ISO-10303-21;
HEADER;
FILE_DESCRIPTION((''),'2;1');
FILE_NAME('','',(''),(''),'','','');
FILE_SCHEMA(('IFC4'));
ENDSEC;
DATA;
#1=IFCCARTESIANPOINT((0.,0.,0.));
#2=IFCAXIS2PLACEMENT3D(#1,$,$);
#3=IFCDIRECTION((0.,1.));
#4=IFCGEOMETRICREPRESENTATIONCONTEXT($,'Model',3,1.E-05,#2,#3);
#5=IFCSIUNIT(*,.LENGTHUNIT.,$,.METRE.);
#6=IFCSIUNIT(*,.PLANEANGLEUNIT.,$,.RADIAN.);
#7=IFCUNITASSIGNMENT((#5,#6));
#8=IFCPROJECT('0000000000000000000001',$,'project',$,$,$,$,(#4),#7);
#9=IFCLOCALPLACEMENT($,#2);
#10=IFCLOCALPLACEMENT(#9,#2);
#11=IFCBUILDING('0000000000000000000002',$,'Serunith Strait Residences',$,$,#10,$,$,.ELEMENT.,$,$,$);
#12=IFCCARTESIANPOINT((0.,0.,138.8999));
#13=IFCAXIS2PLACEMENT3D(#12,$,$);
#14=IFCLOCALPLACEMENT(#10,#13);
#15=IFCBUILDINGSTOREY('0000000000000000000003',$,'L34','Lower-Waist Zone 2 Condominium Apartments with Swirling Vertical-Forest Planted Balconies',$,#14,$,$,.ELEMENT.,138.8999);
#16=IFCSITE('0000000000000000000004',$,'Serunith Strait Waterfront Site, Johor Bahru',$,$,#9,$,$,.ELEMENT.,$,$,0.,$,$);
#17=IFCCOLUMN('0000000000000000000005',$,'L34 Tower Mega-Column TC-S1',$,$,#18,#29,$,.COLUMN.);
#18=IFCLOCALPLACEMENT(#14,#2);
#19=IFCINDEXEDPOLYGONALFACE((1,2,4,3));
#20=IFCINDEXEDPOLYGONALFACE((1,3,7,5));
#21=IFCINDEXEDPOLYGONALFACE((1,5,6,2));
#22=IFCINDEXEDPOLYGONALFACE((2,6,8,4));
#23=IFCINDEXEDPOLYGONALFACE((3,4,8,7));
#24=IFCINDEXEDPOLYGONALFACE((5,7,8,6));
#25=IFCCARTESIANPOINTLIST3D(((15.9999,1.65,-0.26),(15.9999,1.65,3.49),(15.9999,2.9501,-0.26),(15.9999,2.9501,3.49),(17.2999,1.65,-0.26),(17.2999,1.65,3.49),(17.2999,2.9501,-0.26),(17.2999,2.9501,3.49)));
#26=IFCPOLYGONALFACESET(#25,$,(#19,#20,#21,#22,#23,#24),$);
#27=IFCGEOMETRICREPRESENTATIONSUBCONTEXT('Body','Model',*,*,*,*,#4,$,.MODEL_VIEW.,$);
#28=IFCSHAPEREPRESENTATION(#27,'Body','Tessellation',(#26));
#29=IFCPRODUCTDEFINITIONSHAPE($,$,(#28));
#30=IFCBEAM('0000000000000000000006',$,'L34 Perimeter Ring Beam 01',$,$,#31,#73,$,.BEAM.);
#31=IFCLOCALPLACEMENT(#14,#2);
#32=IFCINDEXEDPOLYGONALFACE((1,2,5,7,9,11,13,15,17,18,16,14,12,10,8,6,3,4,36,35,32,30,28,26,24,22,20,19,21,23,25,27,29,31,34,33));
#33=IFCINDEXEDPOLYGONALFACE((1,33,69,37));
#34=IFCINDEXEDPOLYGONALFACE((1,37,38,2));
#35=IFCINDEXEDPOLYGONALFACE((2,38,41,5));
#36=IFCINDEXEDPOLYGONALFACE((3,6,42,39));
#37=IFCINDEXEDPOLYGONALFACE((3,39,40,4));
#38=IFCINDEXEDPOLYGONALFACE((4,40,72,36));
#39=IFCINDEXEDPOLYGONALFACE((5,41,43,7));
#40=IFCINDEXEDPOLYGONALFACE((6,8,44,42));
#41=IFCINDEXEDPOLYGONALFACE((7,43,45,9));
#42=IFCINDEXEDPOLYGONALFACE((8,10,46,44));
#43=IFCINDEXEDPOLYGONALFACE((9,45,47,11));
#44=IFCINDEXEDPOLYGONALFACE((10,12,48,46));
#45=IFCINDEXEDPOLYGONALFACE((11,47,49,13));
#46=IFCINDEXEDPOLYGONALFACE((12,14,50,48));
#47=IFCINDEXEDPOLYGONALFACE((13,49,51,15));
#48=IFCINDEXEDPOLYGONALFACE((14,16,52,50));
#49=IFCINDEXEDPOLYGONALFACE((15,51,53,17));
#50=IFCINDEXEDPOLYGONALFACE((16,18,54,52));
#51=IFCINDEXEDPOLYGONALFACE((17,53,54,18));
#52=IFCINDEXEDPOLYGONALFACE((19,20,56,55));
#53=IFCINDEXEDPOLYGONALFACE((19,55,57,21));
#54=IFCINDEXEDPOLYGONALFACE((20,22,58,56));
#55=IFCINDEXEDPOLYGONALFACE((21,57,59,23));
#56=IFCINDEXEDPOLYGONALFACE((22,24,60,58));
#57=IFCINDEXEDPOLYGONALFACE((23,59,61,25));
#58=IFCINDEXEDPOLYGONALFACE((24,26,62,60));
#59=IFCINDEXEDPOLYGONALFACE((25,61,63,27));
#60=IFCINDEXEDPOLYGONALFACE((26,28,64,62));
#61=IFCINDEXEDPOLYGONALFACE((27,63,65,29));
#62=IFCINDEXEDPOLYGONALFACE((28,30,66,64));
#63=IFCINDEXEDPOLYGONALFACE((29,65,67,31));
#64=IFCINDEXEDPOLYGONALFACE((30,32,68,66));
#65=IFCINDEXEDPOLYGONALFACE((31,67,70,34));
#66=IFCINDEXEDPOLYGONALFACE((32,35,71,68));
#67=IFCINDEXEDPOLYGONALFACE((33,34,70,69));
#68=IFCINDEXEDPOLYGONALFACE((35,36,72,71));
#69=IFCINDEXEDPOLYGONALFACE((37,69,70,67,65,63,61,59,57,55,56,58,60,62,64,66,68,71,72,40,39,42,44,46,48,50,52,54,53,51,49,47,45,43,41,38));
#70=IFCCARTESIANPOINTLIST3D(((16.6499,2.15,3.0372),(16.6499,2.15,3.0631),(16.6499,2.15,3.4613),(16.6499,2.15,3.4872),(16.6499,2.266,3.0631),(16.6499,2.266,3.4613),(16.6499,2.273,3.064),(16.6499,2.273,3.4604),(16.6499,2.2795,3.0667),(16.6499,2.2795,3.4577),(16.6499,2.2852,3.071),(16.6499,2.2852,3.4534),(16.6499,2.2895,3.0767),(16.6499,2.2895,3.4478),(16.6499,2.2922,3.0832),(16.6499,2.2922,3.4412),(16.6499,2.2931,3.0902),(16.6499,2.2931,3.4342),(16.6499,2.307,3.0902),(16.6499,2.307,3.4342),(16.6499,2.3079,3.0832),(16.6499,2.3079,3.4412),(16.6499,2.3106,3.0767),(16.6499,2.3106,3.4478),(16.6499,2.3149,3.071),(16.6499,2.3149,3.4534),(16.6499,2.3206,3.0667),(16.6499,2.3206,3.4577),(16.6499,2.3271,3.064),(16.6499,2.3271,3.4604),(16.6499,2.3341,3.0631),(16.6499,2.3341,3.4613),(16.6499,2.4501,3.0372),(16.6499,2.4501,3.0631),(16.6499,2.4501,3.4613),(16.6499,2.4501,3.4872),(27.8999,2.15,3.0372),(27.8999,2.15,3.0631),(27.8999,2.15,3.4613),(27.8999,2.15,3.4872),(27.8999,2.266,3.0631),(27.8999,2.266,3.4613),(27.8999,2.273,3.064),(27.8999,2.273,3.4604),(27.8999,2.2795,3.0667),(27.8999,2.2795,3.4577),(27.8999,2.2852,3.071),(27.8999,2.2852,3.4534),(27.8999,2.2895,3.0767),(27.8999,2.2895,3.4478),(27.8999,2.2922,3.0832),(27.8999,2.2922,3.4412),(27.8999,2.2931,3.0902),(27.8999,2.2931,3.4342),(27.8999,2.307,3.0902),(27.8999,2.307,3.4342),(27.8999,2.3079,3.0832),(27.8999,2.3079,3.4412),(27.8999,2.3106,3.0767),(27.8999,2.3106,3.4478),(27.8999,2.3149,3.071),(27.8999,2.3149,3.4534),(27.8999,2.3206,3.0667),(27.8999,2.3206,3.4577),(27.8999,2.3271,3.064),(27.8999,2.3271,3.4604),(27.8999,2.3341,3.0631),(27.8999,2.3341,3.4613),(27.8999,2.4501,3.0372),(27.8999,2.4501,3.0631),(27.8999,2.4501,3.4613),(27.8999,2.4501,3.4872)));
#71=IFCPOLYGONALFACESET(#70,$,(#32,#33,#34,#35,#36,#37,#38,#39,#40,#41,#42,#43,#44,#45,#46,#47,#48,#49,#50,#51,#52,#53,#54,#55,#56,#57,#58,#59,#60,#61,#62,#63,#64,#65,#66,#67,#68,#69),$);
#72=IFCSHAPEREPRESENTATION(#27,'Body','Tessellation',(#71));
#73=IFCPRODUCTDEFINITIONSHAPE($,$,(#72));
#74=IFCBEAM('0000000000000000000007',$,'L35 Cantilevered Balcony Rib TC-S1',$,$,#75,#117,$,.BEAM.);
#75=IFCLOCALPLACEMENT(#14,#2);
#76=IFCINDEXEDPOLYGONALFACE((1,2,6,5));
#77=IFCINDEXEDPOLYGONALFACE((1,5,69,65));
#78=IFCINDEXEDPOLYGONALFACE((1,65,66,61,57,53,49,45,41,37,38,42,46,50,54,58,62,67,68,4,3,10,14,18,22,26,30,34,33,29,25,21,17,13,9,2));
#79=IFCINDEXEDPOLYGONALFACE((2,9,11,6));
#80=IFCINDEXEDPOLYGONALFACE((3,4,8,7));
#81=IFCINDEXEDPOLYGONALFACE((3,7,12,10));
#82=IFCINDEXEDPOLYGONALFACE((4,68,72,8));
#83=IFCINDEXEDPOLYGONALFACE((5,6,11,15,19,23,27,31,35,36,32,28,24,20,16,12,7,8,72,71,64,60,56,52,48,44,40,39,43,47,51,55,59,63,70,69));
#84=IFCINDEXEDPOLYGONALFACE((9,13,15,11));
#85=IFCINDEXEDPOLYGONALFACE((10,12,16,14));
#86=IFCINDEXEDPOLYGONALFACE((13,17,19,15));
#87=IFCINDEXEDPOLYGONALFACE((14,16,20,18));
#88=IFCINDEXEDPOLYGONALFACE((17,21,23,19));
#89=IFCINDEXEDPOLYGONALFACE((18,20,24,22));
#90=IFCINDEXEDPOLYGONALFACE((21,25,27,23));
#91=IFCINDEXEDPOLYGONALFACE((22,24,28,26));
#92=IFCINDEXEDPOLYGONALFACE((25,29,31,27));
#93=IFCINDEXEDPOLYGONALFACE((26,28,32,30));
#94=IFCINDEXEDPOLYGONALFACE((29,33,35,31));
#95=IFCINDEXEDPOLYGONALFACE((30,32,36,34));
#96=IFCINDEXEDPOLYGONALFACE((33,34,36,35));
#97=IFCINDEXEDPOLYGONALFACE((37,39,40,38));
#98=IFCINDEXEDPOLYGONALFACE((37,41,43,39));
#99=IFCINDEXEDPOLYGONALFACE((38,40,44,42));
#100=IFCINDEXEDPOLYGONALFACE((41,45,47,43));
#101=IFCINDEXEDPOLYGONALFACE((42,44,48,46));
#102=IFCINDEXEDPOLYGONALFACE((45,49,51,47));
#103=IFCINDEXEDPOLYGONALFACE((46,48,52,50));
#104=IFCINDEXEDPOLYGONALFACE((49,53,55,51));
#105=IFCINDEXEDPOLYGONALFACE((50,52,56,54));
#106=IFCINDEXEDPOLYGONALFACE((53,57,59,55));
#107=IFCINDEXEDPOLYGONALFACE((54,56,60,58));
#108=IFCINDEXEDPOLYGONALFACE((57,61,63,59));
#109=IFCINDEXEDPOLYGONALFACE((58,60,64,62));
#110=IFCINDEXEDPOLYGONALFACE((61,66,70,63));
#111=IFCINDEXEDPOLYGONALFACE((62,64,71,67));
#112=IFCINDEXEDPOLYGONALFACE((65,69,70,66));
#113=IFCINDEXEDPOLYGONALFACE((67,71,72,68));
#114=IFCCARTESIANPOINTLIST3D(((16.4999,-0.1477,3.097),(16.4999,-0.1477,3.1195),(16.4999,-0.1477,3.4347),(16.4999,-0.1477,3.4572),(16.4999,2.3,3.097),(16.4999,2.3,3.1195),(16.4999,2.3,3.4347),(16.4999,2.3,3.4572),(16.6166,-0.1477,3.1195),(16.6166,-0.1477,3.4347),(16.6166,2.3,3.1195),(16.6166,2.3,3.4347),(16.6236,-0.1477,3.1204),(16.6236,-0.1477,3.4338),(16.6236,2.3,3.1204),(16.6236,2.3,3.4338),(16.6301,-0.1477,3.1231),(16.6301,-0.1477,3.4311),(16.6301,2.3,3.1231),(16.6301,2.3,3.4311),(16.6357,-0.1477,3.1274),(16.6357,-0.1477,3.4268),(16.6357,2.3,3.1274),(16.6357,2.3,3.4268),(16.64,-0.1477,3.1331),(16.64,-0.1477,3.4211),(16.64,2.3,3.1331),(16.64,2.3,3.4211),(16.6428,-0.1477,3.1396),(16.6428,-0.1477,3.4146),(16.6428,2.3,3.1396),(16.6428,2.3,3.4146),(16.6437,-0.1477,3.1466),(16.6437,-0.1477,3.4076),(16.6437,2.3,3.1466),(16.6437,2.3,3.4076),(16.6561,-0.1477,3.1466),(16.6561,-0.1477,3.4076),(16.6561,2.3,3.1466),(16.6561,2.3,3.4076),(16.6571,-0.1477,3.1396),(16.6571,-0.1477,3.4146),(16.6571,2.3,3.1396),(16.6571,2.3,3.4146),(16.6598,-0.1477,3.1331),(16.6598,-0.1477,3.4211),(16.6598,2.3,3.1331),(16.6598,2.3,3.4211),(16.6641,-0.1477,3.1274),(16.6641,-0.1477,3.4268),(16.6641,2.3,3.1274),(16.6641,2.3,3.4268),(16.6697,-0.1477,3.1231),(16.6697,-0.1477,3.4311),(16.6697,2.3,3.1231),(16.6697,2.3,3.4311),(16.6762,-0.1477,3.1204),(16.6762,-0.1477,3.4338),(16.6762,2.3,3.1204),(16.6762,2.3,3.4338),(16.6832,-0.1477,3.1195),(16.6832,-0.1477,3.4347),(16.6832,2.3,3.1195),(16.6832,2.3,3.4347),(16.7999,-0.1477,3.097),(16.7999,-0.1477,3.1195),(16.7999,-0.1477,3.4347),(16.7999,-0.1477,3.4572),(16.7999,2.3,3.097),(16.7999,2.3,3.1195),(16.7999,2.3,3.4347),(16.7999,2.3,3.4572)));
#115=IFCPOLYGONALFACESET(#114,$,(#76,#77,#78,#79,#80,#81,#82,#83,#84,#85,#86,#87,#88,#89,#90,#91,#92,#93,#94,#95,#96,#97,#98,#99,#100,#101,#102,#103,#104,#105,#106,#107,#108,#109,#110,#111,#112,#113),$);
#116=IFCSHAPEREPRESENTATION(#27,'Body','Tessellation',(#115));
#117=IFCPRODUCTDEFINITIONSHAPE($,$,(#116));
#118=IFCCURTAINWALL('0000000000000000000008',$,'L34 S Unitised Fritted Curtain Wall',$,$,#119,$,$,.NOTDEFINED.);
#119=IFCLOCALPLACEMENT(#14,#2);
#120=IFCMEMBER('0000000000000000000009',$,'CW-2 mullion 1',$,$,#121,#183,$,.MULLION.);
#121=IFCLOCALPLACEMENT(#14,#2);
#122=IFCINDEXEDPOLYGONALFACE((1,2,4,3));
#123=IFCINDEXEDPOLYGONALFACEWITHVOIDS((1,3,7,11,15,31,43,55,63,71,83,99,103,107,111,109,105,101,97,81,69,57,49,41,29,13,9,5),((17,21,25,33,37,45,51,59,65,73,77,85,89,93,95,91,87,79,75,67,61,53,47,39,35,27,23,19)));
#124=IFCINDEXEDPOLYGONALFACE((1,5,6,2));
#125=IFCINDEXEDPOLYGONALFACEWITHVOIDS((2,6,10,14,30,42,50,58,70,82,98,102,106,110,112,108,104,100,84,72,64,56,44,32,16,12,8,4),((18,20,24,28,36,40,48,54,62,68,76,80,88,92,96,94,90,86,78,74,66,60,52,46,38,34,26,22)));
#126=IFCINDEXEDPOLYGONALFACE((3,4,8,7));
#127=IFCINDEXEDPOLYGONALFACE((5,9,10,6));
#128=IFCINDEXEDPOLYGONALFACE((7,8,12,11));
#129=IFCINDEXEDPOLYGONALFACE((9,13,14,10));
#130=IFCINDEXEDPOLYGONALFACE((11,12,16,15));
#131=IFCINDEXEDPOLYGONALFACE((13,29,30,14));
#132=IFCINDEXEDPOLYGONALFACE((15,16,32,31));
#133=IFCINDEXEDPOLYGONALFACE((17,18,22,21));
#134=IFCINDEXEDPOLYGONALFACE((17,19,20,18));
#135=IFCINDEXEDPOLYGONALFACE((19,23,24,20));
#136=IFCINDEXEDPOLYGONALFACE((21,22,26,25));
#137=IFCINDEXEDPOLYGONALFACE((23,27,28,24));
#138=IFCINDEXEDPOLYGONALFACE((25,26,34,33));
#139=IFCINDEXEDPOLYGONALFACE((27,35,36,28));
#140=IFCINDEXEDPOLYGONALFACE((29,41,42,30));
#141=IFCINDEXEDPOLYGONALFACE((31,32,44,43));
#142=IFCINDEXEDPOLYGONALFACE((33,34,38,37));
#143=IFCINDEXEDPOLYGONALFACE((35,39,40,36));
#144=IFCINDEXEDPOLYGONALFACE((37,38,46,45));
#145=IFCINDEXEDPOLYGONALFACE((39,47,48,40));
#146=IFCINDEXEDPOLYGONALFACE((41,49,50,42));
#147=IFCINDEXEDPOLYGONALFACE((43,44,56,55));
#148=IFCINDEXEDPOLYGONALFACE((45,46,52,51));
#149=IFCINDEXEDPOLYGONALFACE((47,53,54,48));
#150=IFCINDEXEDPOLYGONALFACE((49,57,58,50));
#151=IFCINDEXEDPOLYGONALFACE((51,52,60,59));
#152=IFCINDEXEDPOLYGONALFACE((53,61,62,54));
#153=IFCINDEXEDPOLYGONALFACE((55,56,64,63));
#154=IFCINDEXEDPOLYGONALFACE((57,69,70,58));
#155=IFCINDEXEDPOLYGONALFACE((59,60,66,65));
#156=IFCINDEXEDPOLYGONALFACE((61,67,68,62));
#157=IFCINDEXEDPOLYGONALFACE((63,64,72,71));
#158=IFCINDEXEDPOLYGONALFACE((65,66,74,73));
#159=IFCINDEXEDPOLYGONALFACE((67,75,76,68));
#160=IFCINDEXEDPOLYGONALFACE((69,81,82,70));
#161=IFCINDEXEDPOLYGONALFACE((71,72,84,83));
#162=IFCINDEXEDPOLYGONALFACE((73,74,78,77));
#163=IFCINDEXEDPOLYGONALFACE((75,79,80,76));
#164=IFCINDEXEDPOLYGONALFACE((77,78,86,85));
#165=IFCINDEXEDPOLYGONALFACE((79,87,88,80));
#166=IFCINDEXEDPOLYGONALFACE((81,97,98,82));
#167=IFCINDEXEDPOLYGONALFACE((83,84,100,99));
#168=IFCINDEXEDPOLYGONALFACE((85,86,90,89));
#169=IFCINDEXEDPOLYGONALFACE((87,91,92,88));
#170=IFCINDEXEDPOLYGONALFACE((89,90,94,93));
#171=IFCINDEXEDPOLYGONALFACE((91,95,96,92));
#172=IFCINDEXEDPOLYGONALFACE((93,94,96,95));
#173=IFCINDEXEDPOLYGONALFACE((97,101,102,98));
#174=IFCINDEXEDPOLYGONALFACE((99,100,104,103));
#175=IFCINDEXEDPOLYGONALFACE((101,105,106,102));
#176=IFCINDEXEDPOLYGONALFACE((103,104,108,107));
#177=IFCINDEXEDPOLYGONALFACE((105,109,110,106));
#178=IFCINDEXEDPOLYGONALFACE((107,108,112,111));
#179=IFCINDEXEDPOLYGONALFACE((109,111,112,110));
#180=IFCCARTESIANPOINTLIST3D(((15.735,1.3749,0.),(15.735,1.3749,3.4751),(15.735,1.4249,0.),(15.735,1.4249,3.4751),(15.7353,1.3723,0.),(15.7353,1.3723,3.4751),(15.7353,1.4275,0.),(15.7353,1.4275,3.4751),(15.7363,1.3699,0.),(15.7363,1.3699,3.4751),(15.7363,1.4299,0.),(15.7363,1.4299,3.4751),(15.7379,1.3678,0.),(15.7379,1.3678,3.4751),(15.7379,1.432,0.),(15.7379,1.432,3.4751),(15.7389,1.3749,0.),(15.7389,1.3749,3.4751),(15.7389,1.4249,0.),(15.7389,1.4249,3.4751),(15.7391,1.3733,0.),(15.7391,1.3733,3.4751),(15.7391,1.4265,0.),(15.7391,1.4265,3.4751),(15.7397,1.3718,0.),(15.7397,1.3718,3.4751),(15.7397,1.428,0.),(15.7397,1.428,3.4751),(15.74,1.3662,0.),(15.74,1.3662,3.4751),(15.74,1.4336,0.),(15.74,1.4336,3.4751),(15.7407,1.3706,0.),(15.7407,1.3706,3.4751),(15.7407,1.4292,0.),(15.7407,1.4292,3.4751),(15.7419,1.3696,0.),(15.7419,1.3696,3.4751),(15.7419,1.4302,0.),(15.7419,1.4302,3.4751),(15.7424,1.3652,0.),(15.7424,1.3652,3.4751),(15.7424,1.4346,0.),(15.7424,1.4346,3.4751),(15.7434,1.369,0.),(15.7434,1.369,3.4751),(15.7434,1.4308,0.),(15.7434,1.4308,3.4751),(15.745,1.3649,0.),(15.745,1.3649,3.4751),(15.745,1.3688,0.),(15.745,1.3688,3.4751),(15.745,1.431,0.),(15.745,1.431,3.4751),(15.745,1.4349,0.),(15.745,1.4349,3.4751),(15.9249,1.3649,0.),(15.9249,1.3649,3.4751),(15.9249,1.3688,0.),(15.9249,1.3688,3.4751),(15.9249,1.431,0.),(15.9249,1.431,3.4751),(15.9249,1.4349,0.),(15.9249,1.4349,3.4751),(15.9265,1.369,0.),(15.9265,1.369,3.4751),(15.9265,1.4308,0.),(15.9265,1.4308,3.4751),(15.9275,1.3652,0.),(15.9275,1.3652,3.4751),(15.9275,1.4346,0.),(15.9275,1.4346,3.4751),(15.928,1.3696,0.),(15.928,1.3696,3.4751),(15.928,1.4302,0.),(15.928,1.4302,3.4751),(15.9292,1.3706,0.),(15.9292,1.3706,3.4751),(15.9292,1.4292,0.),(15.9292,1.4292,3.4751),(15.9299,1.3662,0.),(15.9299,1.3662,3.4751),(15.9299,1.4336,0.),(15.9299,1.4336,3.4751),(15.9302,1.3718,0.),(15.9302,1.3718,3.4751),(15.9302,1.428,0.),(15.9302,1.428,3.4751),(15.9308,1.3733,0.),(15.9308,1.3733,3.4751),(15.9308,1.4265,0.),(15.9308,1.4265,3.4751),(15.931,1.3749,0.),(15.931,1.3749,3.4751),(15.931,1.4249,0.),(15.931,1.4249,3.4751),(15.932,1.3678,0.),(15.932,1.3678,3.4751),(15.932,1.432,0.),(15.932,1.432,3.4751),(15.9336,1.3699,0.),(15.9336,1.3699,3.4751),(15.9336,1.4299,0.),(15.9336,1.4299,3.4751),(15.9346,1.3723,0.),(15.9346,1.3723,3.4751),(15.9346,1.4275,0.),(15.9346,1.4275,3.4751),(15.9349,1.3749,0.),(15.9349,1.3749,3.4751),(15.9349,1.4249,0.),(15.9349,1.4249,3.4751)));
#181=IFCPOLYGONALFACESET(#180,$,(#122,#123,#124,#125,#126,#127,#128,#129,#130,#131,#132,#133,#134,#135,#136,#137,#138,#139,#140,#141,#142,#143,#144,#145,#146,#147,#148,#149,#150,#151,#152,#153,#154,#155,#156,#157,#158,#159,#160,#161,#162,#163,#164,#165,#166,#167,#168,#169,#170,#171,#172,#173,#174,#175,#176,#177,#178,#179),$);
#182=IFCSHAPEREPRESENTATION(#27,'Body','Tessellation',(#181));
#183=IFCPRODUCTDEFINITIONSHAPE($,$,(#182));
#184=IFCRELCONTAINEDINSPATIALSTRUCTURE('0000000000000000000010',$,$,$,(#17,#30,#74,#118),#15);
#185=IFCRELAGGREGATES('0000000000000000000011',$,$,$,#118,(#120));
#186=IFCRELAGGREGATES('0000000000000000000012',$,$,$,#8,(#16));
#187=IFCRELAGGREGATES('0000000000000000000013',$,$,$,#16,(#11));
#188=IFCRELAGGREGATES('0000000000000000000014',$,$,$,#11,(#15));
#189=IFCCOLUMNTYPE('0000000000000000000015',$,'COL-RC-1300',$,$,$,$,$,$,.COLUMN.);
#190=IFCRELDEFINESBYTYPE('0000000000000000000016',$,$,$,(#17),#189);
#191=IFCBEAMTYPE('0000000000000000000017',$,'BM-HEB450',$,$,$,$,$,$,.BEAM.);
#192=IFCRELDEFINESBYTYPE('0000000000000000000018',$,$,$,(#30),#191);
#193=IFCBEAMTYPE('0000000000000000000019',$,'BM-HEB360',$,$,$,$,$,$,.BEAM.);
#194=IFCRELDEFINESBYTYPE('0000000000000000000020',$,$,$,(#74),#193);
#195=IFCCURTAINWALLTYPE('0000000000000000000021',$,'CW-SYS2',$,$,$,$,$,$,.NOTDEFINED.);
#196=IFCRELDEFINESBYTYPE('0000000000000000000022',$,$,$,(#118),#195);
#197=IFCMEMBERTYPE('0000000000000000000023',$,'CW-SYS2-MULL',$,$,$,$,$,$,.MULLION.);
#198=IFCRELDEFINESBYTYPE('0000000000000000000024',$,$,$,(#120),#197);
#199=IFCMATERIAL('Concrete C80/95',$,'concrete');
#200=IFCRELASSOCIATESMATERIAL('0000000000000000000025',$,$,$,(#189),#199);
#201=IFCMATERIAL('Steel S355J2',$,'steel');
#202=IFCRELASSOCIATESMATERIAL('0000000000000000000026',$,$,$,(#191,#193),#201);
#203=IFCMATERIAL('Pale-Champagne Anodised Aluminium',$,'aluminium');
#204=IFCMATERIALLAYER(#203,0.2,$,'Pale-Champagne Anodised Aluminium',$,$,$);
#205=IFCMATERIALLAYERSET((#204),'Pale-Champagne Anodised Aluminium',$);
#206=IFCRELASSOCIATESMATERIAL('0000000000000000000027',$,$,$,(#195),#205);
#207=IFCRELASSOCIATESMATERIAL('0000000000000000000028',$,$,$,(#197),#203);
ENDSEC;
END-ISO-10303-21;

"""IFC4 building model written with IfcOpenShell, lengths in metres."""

from ifc_helpers import new_model, si_unit, direction, frame, origin, origin_2d, place, context, subcontext, project, spatial, rectangle, hollow_rectangle, i_section, extrude, source, transform, mapped, material, layer, layer_set, material_profile, profile_set, type_object, element, aggregate, save


model = new_model("IFC4")

# Units and contexts
model_context = context("Model", 3, precision=1e-05, world=origin(), true_north=direction((0.0, 1.0)))
body_context = subcontext(model_context, "Body", "Model", "MODEL_VIEW")
ifc_project = project(units=[si_unit("LENGTHUNIT", "METRE"), si_unit("PLANEANGLEUNIT", "RADIAN")], contexts=[model_context])

# Site, building, storey
site_placement = place(None, origin())
site = spatial("IfcSite", under=ifc_project, at=site_placement, Name="Serunith Strait Waterfront Site, Johor Bahru", CompositionType="ELEMENT", RefElevation=0.0)
building_placement = place(site_placement, origin())
building = spatial("IfcBuilding", under=site, at=building_placement, Name="Serunith Strait Residences", CompositionType="ELEMENT")
storey_placement = place(building_placement, frame((0.0, 0.0, 138.8999)))
storey = spatial("IfcBuildingStorey", under=building, at=storey_placement, Name="L34", Description="Lower-Waist Zone 2 Condominium Apartments with Swirling Vertical-Forest Planted Balconies", CompositionType="ELEMENT", Elevation=138.8999)

# Column
ifc_material_1 = material(Name="Concrete C80/95", Category="concrete")
ifc_material_profile_1 = material_profile(ifc_material_1, rectangle(XDim=1.3, YDim=1.3, at=origin_2d()), Name="RC 1300x1300")
ifc_profile_set_1 = profile_set([ifc_material_profile_1], Name="Concrete C80/95")
column_type = type_object("IfcColumnType", Name="COL-RC-1300", PredefinedType="COLUMN", material=ifc_profile_set_1)
shared_shape_1 = source(origin(), body_context, "Body", "SweptSolid", [
    extrude(rectangle(XDim=1.3, YDim=1.3, at=origin_2d()), origin(), (0.0, 0.0, 1.0), 3.75),
])
column_placement = place(storey_placement, frame((16.6499, 2.3, -0.26), z_axis=(0.0, 0.0, 1.0), x_axis=(1.0, 0.0, 0.0)))
element("IfcColumn", 1, at=column_placement, inside=storey, type_object=column_type, Name="L34 Tower Mega-Column TC-S1", PredefinedType="COLUMN", context=body_context, shape_type="MappedRepresentation", body=[
    mapped(shared_shape_1, transform((0.0, 0.0, 0.0), scale=1.0)),
])

# Beams
ifc_material_2 = material(Name="Steel S355J2", Category="steel")
ifc_material_profile_2 = material_profile(ifc_material_2, i_section(OverallWidth=0.3, OverallDepth=0.45, WebThickness=0.0139, FlangeThickness=0.0259, FilletRadius=0.0271, at=origin_2d()), Name="HEB 450")
ifc_profile_set_2 = profile_set([ifc_material_profile_2], Name="Steel S355J2")
beam_type_1 = type_object("IfcBeamType", Name="BM-HEB450", PredefinedType="BEAM", material=ifc_profile_set_2)
shared_shape_2 = source(origin(), body_context, "Body", "SweptSolid", [
    extrude(i_section(OverallWidth=0.3, OverallDepth=0.45, WebThickness=0.0139, FlangeThickness=0.0259, FilletRadius=0.0271, at=origin_2d()), origin(), (0.0, 0.0, 1.0), 11.25),
])
beam_1_placement = place(storey_placement, frame((16.6499, 2.3, 3.2622), z_axis=(1.0, 0.0, 0.0), x_axis=(0.0, 1.0, 0.0)))
element("IfcBeam", 2, at=beam_1_placement, inside=storey, type_object=beam_type_1, Name="L34 Perimeter Ring Beam 01", PredefinedType="BEAM", context=body_context, shape_type="MappedRepresentation", body=[
    mapped(shared_shape_2, transform((0.0, 0.0, 0.0), scale=1.0)),
])
ifc_material_profile_3 = material_profile(ifc_material_2, i_section(OverallWidth=0.3, OverallDepth=0.3601, WebThickness=0.0125, FlangeThickness=0.0225, FilletRadius=0.0271, at=origin_2d()), Name="HEB 360")
ifc_profile_set_3 = profile_set([ifc_material_profile_3], Name="Steel S355J2")
beam_type_2 = type_object("IfcBeamType", Name="BM-HEB360", PredefinedType="BEAM", material=ifc_profile_set_3)
shared_shape_3 = source(origin(), body_context, "Body", "SweptSolid", [
    extrude(i_section(OverallWidth=0.3, OverallDepth=0.3601, WebThickness=0.0125, FlangeThickness=0.0225, FilletRadius=0.0271, at=origin_2d()), origin(), (0.0, 0.0, 1.0), 2.4478),
])
beam_2_placement = place(storey_placement, frame((16.6499, 2.3, 3.2771), z_axis=(0.0, -1.0, 0.0), x_axis=(1.0, 0.0, 0.0)))
element("IfcBeam", 3, at=beam_2_placement, inside=storey, type_object=beam_type_2, Name="L35 Cantilevered Balcony Rib TC-S1", PredefinedType="BEAM", context=body_context, shape_type="MappedRepresentation", body=[
    mapped(shared_shape_3, transform((0.0, 0.0, 0.0), scale=1.0)),
])

# Curtain wall, member
ifc_material_3 = material(Name="Pale-Champagne Anodised Aluminium", Category="aluminium")
ifc_layer_1 = layer(ifc_material_3, 0.2, Name="Pale-Champagne Anodised Aluminium")
ifc_layer_set_1 = layer_set([ifc_layer_1], Name="Pale-Champagne Anodised Aluminium")
curtain_wall_type = type_object("IfcCurtainWallType", Name="CW-SYS2", PredefinedType="NOTDEFINED", material=ifc_layer_set_1)
curtain_wall_1_placement = place(storey_placement, origin())
curtain_wall_1 = element("IfcCurtainWall", 4, at=curtain_wall_1_placement, inside=storey, type_object=curtain_wall_type, Name="L34 S Unitised Fritted Curtain Wall", PredefinedType="NOTDEFINED")
ifc_material_profile_4 = material_profile(ifc_material_3, hollow_rectangle(XDim=0.0701, YDim=0.2, WallThickness=0.0039, InnerFilletRadius=0.0061, OuterFilletRadius=0.01, at=origin_2d()), Name="ALU 200x70x4")
ifc_profile_set_4 = profile_set([ifc_material_profile_4], Name="Pale-Champagne Anodised Aluminium")
member_type_1 = type_object("IfcMemberType", Name="CW-SYS2-MULL", PredefinedType="MULLION", material=ifc_profile_set_4)
shared_shape_4 = source(origin(), body_context, "Body", "SweptSolid", [
    extrude(hollow_rectangle(XDim=0.0701, YDim=0.2, WallThickness=0.0039, InnerFilletRadius=0.0061, OuterFilletRadius=0.01, at=origin_2d()), origin(), (0.0, 0.0, 1.0), 3.4751),
])
member_1_placement = place(storey_placement, frame((15.835, 1.3999, 0.0), z_axis=(0.0, 0.0, 1.0), x_axis=(0.0, 1.0, 0.0)))
member_1 = element("IfcMember", 5, at=member_1_placement, type_object=member_type_1, Name="CW-2 mullion 1", PredefinedType="MULLION", context=body_context, shape_type="MappedRepresentation", body=[
    mapped(shared_shape_4, transform((0.0, 0.0, 0.0), scale=1.0)),
])

aggregate(curtain_wall_1, [member_1])

save(model, "model.ifc")
